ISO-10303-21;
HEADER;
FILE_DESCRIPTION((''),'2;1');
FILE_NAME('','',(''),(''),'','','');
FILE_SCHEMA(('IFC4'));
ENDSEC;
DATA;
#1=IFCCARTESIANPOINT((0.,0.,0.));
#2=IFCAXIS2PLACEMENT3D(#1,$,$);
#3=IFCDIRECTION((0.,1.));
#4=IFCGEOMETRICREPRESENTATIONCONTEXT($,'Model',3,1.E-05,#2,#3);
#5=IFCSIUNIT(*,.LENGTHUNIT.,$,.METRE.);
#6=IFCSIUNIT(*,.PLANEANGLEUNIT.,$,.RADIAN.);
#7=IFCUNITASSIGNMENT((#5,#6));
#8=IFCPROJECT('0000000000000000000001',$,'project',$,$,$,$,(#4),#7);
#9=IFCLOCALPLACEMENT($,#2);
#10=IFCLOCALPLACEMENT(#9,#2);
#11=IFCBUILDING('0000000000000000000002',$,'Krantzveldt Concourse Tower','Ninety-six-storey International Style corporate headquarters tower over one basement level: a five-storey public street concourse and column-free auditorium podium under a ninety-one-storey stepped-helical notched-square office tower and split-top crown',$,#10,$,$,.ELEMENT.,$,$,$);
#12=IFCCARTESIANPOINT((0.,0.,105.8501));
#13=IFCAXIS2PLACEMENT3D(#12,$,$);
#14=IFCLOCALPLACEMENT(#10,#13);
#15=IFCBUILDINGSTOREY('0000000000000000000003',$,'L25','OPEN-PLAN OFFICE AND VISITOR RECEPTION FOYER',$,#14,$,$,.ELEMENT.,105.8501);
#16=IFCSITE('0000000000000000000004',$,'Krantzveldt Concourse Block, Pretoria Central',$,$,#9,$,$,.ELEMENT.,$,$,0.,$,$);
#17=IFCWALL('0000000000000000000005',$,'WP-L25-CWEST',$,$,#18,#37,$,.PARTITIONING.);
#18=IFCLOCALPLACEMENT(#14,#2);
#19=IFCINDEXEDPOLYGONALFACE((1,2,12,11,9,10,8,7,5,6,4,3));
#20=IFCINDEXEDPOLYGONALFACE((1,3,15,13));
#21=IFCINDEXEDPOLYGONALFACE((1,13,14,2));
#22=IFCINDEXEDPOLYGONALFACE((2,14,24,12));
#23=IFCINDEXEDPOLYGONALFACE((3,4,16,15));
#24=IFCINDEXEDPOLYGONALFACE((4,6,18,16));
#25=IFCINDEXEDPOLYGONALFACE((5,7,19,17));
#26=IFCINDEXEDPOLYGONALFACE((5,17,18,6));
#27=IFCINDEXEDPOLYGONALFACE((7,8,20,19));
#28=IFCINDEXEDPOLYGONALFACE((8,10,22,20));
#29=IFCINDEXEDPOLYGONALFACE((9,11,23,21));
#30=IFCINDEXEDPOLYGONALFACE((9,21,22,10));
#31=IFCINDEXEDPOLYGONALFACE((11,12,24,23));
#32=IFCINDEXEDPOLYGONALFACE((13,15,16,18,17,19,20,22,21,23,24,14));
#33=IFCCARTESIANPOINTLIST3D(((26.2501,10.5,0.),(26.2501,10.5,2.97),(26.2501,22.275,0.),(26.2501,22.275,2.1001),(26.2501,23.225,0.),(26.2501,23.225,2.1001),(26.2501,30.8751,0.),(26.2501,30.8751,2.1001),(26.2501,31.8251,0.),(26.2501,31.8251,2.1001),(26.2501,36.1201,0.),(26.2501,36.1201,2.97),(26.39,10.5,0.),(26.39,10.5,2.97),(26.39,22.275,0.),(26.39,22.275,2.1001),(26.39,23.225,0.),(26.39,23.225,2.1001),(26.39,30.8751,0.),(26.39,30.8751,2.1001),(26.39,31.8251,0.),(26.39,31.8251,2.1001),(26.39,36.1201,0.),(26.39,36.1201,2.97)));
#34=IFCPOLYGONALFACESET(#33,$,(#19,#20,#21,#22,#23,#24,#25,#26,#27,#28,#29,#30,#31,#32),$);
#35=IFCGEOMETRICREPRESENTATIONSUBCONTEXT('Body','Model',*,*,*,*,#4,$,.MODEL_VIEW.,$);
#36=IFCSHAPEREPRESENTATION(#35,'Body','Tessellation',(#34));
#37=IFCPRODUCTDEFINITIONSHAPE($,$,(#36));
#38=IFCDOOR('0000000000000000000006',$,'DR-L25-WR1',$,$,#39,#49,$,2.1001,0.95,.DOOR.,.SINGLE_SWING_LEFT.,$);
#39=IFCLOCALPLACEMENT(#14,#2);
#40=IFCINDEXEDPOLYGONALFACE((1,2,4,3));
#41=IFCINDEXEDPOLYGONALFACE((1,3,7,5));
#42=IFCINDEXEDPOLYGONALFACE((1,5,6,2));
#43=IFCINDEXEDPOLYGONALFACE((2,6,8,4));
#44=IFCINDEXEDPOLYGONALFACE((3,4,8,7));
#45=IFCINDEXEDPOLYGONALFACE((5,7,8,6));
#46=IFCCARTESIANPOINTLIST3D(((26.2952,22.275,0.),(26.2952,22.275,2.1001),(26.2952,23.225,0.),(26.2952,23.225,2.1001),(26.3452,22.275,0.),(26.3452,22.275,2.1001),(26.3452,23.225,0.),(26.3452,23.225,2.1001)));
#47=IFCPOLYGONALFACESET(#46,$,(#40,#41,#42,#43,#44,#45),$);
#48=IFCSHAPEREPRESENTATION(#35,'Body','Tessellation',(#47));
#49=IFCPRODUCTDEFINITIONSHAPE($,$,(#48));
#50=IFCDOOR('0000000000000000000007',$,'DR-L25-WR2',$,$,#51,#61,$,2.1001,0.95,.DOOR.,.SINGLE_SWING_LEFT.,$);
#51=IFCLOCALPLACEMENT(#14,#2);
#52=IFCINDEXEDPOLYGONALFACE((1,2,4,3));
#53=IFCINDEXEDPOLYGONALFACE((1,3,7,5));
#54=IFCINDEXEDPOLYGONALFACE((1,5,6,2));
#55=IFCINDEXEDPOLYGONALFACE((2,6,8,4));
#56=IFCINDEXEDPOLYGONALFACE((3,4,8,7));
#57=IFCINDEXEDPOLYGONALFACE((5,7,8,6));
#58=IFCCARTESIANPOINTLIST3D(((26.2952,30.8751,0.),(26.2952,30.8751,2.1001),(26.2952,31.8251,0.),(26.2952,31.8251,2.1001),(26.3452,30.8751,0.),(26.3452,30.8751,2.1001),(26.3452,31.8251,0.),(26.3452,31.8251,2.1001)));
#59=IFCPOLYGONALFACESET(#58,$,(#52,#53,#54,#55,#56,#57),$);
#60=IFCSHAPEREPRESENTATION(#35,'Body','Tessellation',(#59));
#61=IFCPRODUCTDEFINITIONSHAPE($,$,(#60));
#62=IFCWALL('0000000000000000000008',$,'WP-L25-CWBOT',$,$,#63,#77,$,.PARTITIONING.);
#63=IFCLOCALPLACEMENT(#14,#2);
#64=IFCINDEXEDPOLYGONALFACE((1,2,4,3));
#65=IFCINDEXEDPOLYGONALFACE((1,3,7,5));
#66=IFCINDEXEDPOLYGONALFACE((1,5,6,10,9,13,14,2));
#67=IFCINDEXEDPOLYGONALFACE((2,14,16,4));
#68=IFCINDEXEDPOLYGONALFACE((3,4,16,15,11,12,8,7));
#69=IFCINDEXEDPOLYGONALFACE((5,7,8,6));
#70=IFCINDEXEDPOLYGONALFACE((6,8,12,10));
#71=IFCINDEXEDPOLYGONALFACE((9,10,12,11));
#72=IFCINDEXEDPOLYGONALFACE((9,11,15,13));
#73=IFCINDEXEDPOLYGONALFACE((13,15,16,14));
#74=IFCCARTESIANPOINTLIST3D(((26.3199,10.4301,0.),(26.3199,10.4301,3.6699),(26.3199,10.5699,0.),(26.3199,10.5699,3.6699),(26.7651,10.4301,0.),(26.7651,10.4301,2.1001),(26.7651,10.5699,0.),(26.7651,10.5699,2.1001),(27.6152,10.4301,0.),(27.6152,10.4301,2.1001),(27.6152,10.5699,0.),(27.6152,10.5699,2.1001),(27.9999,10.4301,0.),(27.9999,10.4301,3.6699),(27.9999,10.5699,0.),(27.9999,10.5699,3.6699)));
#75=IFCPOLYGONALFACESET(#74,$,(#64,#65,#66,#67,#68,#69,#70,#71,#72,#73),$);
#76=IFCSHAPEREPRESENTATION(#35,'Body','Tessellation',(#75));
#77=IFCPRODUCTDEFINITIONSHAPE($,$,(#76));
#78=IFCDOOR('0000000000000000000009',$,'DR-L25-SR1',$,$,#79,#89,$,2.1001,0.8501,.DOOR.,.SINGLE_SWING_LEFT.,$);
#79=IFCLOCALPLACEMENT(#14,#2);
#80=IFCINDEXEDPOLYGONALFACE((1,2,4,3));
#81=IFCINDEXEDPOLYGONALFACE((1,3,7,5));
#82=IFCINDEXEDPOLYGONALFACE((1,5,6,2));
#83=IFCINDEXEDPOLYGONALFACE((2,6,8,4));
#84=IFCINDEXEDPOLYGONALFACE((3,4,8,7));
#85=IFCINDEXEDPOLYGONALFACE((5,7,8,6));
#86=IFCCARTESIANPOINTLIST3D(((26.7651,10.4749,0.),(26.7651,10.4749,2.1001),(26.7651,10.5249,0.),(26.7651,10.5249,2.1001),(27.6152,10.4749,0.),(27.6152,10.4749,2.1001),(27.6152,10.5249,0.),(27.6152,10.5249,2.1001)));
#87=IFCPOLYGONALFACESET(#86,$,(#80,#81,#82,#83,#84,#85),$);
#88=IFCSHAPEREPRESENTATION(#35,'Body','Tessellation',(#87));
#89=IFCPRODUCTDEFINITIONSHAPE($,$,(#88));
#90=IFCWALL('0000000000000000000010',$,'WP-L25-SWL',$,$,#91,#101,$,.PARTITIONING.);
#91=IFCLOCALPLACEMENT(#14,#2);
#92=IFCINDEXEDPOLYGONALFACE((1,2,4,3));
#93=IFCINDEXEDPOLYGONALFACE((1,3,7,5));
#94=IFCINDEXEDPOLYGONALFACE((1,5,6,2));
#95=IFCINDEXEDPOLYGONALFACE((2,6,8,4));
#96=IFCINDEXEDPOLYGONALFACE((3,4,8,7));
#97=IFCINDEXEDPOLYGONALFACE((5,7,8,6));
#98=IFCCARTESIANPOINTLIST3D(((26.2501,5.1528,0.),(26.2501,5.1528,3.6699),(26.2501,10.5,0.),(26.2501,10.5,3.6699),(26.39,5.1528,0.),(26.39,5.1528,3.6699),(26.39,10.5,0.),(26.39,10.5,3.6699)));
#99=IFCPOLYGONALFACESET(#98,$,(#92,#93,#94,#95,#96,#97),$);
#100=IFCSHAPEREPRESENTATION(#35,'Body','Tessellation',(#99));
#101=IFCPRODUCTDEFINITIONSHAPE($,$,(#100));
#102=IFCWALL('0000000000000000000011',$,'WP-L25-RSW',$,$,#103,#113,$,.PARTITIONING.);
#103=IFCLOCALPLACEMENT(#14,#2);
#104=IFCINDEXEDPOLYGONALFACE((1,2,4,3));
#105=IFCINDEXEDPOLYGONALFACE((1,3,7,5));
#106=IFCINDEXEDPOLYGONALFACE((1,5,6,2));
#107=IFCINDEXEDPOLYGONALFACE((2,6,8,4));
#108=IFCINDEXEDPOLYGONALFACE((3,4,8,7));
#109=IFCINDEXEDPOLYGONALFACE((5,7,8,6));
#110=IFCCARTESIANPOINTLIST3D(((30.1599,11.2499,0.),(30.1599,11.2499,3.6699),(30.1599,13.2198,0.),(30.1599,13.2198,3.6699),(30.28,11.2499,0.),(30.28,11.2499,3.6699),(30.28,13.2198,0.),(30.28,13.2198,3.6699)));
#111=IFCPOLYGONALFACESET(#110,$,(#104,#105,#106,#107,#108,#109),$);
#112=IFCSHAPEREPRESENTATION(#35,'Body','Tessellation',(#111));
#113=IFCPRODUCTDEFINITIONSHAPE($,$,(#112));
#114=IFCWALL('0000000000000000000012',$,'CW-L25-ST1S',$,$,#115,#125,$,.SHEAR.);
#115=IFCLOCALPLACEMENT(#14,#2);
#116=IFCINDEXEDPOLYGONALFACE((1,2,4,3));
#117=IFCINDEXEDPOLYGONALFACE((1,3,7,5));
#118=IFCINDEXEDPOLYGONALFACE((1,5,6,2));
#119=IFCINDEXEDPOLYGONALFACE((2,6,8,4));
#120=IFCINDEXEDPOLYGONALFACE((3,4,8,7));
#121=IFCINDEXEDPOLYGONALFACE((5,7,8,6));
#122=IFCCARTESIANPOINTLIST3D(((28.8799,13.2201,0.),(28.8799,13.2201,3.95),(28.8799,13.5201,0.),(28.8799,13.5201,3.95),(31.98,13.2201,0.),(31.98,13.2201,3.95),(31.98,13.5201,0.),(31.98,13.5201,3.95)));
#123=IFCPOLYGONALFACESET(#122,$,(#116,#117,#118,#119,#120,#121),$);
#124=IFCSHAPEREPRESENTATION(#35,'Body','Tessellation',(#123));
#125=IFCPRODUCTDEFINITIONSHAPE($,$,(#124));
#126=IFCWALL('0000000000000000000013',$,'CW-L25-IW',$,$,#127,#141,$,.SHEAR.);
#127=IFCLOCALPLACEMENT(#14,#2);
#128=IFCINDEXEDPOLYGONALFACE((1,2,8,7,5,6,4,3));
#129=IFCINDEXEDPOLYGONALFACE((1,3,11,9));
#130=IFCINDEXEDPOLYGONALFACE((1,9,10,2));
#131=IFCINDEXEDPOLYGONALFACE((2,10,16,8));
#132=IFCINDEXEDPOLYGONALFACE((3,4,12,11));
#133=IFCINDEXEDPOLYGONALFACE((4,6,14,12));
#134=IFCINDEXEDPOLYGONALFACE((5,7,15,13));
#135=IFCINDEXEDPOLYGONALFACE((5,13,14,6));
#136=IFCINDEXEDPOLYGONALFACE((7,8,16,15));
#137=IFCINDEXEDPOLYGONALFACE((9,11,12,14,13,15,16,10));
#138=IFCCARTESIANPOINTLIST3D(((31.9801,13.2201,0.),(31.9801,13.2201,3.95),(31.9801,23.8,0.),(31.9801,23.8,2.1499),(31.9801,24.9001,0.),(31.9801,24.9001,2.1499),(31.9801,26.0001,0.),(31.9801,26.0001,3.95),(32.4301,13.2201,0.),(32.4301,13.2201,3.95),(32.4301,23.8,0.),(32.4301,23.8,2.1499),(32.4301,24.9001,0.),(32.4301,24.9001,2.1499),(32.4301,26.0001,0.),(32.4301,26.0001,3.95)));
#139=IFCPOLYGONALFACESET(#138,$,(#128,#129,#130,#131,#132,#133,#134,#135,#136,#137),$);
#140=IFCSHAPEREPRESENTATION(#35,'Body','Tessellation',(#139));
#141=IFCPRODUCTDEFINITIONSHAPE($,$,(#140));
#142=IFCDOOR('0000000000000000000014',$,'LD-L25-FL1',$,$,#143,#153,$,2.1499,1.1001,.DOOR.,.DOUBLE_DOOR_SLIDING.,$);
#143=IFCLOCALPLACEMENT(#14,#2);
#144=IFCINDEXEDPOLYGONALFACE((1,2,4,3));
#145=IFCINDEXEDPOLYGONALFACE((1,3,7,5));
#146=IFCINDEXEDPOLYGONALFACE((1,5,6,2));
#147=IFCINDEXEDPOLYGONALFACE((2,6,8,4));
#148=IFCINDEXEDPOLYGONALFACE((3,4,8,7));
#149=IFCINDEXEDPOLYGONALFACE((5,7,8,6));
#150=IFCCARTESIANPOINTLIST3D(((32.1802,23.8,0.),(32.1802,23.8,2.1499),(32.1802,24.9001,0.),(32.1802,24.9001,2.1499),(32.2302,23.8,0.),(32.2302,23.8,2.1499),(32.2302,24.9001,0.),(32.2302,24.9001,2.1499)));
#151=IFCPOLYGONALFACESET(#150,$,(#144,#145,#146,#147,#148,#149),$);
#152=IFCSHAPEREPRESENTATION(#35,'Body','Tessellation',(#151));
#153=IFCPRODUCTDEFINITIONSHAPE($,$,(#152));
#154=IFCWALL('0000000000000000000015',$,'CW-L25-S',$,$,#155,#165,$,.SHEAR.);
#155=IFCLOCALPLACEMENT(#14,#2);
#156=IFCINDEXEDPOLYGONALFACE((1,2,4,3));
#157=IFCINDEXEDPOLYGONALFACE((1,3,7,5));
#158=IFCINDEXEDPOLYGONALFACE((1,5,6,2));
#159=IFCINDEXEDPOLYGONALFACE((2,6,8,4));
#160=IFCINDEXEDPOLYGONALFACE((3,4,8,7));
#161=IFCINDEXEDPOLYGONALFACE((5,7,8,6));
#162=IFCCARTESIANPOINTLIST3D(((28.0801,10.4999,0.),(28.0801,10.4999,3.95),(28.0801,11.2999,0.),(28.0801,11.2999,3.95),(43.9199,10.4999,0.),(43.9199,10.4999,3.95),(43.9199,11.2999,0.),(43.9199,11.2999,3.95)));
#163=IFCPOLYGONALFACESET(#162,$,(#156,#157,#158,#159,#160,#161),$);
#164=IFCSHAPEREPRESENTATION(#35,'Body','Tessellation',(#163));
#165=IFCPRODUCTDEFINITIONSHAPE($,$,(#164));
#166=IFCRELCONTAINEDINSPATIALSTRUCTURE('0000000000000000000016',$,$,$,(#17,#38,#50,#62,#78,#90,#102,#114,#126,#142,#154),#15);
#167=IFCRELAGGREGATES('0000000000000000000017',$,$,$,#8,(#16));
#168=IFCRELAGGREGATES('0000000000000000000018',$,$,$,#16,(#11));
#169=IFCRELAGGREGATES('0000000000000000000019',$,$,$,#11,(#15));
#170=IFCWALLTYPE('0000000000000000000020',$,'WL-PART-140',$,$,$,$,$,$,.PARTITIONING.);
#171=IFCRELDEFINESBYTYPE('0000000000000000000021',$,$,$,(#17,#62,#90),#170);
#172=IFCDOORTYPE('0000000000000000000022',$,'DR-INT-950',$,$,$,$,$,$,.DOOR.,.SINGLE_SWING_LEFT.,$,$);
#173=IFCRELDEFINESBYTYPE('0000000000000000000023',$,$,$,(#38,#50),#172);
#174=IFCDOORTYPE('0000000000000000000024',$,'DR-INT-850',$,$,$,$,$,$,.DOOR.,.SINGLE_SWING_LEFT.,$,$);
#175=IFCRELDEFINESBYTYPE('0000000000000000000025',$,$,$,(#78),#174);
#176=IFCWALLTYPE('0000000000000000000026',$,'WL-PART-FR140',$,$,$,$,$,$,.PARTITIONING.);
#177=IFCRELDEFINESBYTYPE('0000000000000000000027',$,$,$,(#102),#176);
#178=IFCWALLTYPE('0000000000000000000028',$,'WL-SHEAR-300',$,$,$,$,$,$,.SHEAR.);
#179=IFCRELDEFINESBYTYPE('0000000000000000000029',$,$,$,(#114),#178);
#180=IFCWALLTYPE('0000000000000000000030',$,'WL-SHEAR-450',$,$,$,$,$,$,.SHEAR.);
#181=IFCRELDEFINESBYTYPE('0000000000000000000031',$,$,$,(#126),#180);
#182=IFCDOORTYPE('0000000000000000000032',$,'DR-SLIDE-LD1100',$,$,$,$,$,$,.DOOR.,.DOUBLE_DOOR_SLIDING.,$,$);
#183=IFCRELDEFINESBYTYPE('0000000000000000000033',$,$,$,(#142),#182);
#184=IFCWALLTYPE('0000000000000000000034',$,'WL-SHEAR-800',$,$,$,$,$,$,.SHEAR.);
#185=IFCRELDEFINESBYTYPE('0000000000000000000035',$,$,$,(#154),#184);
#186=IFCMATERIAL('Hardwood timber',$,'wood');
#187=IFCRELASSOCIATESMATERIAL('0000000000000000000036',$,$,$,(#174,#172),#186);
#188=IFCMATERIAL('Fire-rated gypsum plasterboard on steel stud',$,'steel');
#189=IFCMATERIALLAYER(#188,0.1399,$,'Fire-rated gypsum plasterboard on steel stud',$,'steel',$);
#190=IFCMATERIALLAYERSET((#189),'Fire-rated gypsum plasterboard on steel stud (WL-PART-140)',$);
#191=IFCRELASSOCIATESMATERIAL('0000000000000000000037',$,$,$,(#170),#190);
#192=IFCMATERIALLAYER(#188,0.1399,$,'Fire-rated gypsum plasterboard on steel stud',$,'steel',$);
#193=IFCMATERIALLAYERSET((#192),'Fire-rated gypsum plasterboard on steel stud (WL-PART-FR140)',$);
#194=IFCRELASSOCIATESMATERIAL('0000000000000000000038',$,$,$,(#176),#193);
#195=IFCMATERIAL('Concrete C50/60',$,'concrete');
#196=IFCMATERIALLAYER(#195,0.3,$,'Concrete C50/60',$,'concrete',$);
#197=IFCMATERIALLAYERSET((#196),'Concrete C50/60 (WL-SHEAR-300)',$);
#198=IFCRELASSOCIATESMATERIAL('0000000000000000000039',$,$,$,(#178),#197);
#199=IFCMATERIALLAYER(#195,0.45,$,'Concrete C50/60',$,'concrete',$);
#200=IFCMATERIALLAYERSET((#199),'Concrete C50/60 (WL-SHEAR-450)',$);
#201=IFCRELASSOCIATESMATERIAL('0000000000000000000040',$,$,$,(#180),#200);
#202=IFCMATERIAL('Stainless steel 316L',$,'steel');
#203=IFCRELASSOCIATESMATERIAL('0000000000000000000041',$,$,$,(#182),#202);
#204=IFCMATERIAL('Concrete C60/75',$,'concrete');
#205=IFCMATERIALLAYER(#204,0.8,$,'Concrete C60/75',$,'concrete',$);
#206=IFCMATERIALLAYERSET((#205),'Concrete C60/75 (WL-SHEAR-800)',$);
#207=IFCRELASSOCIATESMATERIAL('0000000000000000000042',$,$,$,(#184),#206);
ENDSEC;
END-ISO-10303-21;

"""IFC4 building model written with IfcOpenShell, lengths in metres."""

from ifc_helpers import new_model, si_unit, direction, frame, frame_2d, origin, place, context, subcontext, project, spatial, rectangle, extrude, material, layer, layer_set, type_object, element, fill, save


model = new_model("IFC4")

# Units and contexts
model_context = context("Model", 3, precision=1e-05, world=origin(), true_north=direction((0.0, 1.0)))
body_context = subcontext(model_context, "Body", "Model", "MODEL_VIEW")
ifc_project = project(units=[si_unit("LENGTHUNIT", "METRE"), si_unit("PLANEANGLEUNIT", "RADIAN")], contexts=[model_context])

# Site, building, storey
site_placement = place(None, origin())
site = spatial("IfcSite", under=ifc_project, at=site_placement, Name="Krantzveldt Concourse Block, Pretoria Central", CompositionType="ELEMENT", RefElevation=0.0)
building_placement = place(site_placement, origin())
building = spatial("IfcBuilding", under=site, at=building_placement, Name="Krantzveldt Concourse Tower", Description="Ninety-six-storey International Style corporate headquarters tower over one basement level: a five-storey public street concourse and column-free auditorium podium under a ninety-one-storey stepped-helical notched-square office tower and split-top crown", CompositionType="ELEMENT")
storey_placement = place(building_placement, frame((0.0, 0.0, 105.8501)))
storey = spatial("IfcBuildingStorey", under=building, at=storey_placement, Name="L25", Description="OPEN-PLAN OFFICE AND VISITOR RECEPTION FOYER", CompositionType="ELEMENT", Elevation=105.8501)

# Shared definitions
ifc_material_1 = material(Name="Fire-rated gypsum plasterboard on steel stud", Category="steel")
ifc_material_2 = material(Name="Hardwood timber", Category="wood")
door_type_1 = type_object("IfcDoorType", Name="DR-INT-850", OperationType="SINGLE_SWING_LEFT", PredefinedType="DOOR", material=ifc_material_2)

# Wall, openings, doors
ifc_layer_1 = layer(ifc_material_1, 0.1399, Name="Fire-rated gypsum plasterboard on steel stud", Category="steel")
ifc_layer_set_1 = layer_set([ifc_layer_1], Name="Fire-rated gypsum plasterboard on steel stud (WL-PART-140)")
wall_type_1 = type_object("IfcWallType", Name="WL-PART-140", PredefinedType="PARTITIONING", material=ifc_layer_set_1)
wall_1_placement = place(storey_placement, frame((26.3201, 10.5, 0.0), z_axis=(0.0, 0.0, 1.0), x_axis=(0.0, 1.0, 0.0)))
wall_1 = element("IfcWall", 1, at=wall_1_placement, inside=storey, type_object=wall_type_1, Name="WP-L25-CWEST", PredefinedType="PARTITIONING", context=body_context, shape_type="SweptSolid", body=[
    extrude(rectangle(XDim=25.6201, YDim=0.1399, at=frame_2d((12.8101, 0.0))), origin(), (0.0, 0.0, 1.0), 2.97),
])
opening_1_placement = place(wall_1_placement, frame((11.7749, 0.0, 0.0)))
opening_1 = element("IfcOpeningElement", 2, at=opening_1_placement, cuts=wall_1, PredefinedType="OPENING", context=body_context, shape_type="SweptSolid", body=[
    extrude(rectangle(XDim=0.95, YDim=2.1001, at=frame_2d((0.4751, 1.05))), frame((0.0, 0.0801, 0.0), z_axis=(0.0, -1.0, 0.0), x_axis=(1.0, 0.0, 0.0)), (0.0, 0.0, 1.0), 0.1599),
])
opening_2_placement = place(wall_1_placement, frame((20.375, 0.0, 0.0)))
opening_2 = element("IfcOpeningElement", 3, at=opening_2_placement, cuts=wall_1, PredefinedType="OPENING", context=body_context, shape_type="SweptSolid", body=[
    extrude(rectangle(XDim=0.95, YDim=2.1001, at=frame_2d((0.4751, 1.05))), frame((0.0, 0.0801, 0.0), z_axis=(0.0, -1.0, 0.0), x_axis=(1.0, 0.0, 0.0)), (0.0, 0.0, 1.0), 0.1599),
])
door_type_2 = type_object("IfcDoorType", Name="DR-INT-950", OperationType="SINGLE_SWING_LEFT", PredefinedType="DOOR", material=ifc_material_2)
door_1_placement = place(opening_1_placement, origin())
door_1 = element("IfcDoor", 4, at=door_1_placement, inside=storey, type_object=door_type_2, Name="DR-L25-WR1", OperationType="SINGLE_SWING_LEFT", OverallHeight=2.1001, OverallWidth=0.95, PredefinedType="DOOR", context=body_context, shape_type="SweptSolid", body=[
    extrude(rectangle(XDim=0.95, YDim=2.1001, at=frame_2d((0.4751, 1.05))), frame((0.0, 0.0249, 0.0), z_axis=(0.0, -1.0, 0.0), x_axis=(1.0, 0.0, 0.0)), (0.0, 0.0, 1.0), 0.05),
])
fill(opening_1, door_1)
door_2_placement = place(opening_2_placement, origin())
door_2 = element("IfcDoor", 5, at=door_2_placement, inside=storey, type_object=door_type_2, Name="DR-L25-WR2", OperationType="SINGLE_SWING_LEFT", OverallHeight=2.1001, OverallWidth=0.95, PredefinedType="DOOR", context=body_context, shape_type="SweptSolid", body=[
    extrude(rectangle(XDim=0.95, YDim=2.1001, at=frame_2d((0.4751, 1.05))), frame((0.0, 0.0249, 0.0), z_axis=(0.0, -1.0, 0.0), x_axis=(1.0, 0.0, 0.0)), (0.0, 0.0, 1.0), 0.05),
])
fill(opening_2, door_2)

# Wall, opening, door
wall_2_placement = place(storey_placement, frame((26.3201, 10.5, 0.0), z_axis=(0.0, 0.0, 1.0), x_axis=(1.0, 0.0, 0.0)))
wall_2 = element("IfcWall", 6, at=wall_2_placement, inside=storey, type_object=wall_type_1, Name="WP-L25-CWBOT", PredefinedType="PARTITIONING", context=body_context, shape_type="SweptSolid", body=[
    extrude(rectangle(XDim=1.6799, YDim=0.1399, at=frame_2d((0.8398, 0.0))), origin(), (0.0, 0.0, 1.0), 3.6699),
])
opening_3_placement = place(wall_2_placement, frame((0.4451, 0.0, 0.0)))
opening_3 = element("IfcOpeningElement", 7, at=opening_3_placement, cuts=wall_2, PredefinedType="OPENING", context=body_context, shape_type="SweptSolid", body=[
    extrude(rectangle(XDim=0.8501, YDim=2.1001, at=frame_2d((0.425, 1.05))), frame((0.0, 0.0801, 0.0), z_axis=(0.0, -1.0, 0.0), x_axis=(1.0, 0.0, 0.0)), (0.0, 0.0, 1.0), 0.1599),
])
door_3_placement = place(opening_3_placement, origin())
door_3 = element("IfcDoor", 8, at=door_3_placement, inside=storey, type_object=door_type_1, Name="DR-L25-SR1", OperationType="SINGLE_SWING_LEFT", OverallHeight=2.1001, OverallWidth=0.8501, PredefinedType="DOOR", context=body_context, shape_type="SweptSolid", body=[
    extrude(rectangle(XDim=0.8501, YDim=2.1001, at=frame_2d((0.425, 1.05))), frame((0.0, 0.0249, 0.0), z_axis=(0.0, -1.0, 0.0), x_axis=(1.0, 0.0, 0.0)), (0.0, 0.0, 1.0), 0.05),
])
fill(opening_3, door_3)

# Walls
wall_3_placement = place(storey_placement, frame((26.3201, 5.1528, 0.0), z_axis=(0.0, 0.0, 1.0), x_axis=(0.0, 1.0, 0.0)))
element("IfcWall", 9, at=wall_3_placement, inside=storey, type_object=wall_type_1, Name="WP-L25-SWL", PredefinedType="PARTITIONING", context=body_context, shape_type="SweptSolid", body=[
    extrude(rectangle(XDim=5.3472, YDim=0.1399, at=frame_2d((2.6736, 0.0))), origin(), (0.0, 0.0, 1.0), 3.6699),
])
ifc_layer_2 = layer(ifc_material_1, 0.1399, Name="Fire-rated gypsum plasterboard on steel stud", Category="steel")
ifc_layer_set_2 = layer_set([ifc_layer_2], Name="Fire-rated gypsum plasterboard on steel stud (WL-PART-FR140)")
wall_type_2 = type_object("IfcWallType", Name="WL-PART-FR140", PredefinedType="PARTITIONING", material=ifc_layer_set_2)
wall_4_placement = place(storey_placement, frame((30.22, 11.25, 0.0), z_axis=(0.0, 0.0, 1.0), x_axis=(0.0, 1.0, 0.0)))
element("IfcWall", 10, at=wall_4_placement, inside=storey, type_object=wall_type_2, Name="WP-L25-RSW", PredefinedType="PARTITIONING", context=body_context, shape_type="SweptSolid", body=[
    extrude(rectangle(XDim=1.97, YDim=0.1201, at=frame_2d((0.9849, 0.0))), origin(), (0.0, 0.0, 1.0), 3.6699),
])
ifc_material_3 = material(Name="Concrete C50/60", Category="concrete")
ifc_layer_3 = layer(ifc_material_3, 0.3, Name="Concrete C50/60", Category="concrete")
ifc_layer_set_3 = layer_set([ifc_layer_3], Name="Concrete C50/60 (WL-SHEAR-300)")
wall_type_3 = type_object("IfcWallType", Name="WL-SHEAR-300", PredefinedType="SHEAR", material=ifc_layer_set_3)
wall_5_placement = place(storey_placement, frame((28.8799, 13.3701, 0.0), z_axis=(0.0, 0.0, 1.0), x_axis=(1.0, 0.0, 0.0)))
element("IfcWall", 11, at=wall_5_placement, inside=storey, type_object=wall_type_3, Name="CW-L25-ST1S", PredefinedType="SHEAR", context=body_context, shape_type="SweptSolid", body=[
    extrude(rectangle(XDim=3.1001, YDim=0.3, at=frame_2d((1.55, 0.0))), origin(), (0.0, 0.0, 1.0), 3.95),
])

# Wall, opening, door
ifc_layer_4 = layer(ifc_material_3, 0.45, Name="Concrete C50/60", Category="concrete")
ifc_layer_set_4 = layer_set([ifc_layer_4], Name="Concrete C50/60 (WL-SHEAR-450)")
wall_type_4 = type_object("IfcWallType", Name="WL-SHEAR-450", PredefinedType="SHEAR", material=ifc_layer_set_4)
wall_6_placement = place(storey_placement, frame((32.2051, 13.22, 0.0), z_axis=(0.0, 0.0, 1.0), x_axis=(0.0, 1.0, 0.0)))
wall_6 = element("IfcWall", 12, at=wall_6_placement, inside=storey, type_object=wall_type_4, Name="CW-L25-IW", PredefinedType="SHEAR", context=body_context, shape_type="SweptSolid", body=[
    extrude(rectangle(XDim=12.78, YDim=0.45, at=frame_2d((6.3901, 0.0))), origin(), (0.0, 0.0, 1.0), 3.95),
])
opening_4_placement = place(wall_6_placement, frame((10.5801, 0.0, 0.0)))
opening_4 = element("IfcOpeningElement", 13, at=opening_4_placement, cuts=wall_6, PredefinedType="OPENING", context=body_context, shape_type="SweptSolid", body=[
    extrude(rectangle(XDim=1.1001, YDim=2.1499, at=frame_2d((0.55, 1.075))), frame((0.0, 0.2349, 0.0), z_axis=(0.0, -1.0, 0.0), x_axis=(1.0, 0.0, 0.0)), (0.0, 0.0, 1.0), 0.47),
])
ifc_material_4 = material(Name="Stainless steel 316L", Category="steel")
door_type_3 = type_object("IfcDoorType", Name="DR-SLIDE-LD1100", OperationType="DOUBLE_DOOR_SLIDING", PredefinedType="DOOR", material=ifc_material_4)
door_4_placement = place(opening_4_placement, origin())
door_4 = element("IfcDoor", 14, at=door_4_placement, inside=storey, type_object=door_type_3, Name="LD-L25-FL1", OperationType="DOUBLE_DOOR_SLIDING", OverallHeight=2.1499, OverallWidth=1.1001, PredefinedType="DOOR", context=body_context, shape_type="SweptSolid", body=[
    extrude(rectangle(XDim=1.1001, YDim=2.1499, at=frame_2d((0.55, 1.075))), frame((0.0, 0.0249, 0.0), z_axis=(0.0, -1.0, 0.0), x_axis=(1.0, 0.0, 0.0)), (0.0, 0.0, 1.0), 0.05),
])
fill(opening_4, door_4)

# Wall
ifc_material_5 = material(Name="Concrete C60/75", Category="concrete")
ifc_layer_5 = layer(ifc_material_5, 0.8, Name="Concrete C60/75", Category="concrete")
ifc_layer_set_5 = layer_set([ifc_layer_5], Name="Concrete C60/75 (WL-SHEAR-800)")
wall_type_5 = type_object("IfcWallType", Name="WL-SHEAR-800", PredefinedType="SHEAR", material=ifc_layer_set_5)
wall_7_placement = place(storey_placement, frame((28.0801, 10.8999, 0.0), z_axis=(0.0, 0.0, 1.0), x_axis=(1.0, 0.0, 0.0)))
element("IfcWall", 15, at=wall_7_placement, inside=storey, type_object=wall_type_5, Name="CW-L25-S", PredefinedType="SHEAR", context=body_context, shape_type="SweptSolid", body=[
    extrude(rectangle(XDim=15.8398, YDim=0.8, at=frame_2d((7.9199, 0.0))), origin(), (0.0, 0.0, 1.0), 3.95),
])

save(model, "model.ifc")
